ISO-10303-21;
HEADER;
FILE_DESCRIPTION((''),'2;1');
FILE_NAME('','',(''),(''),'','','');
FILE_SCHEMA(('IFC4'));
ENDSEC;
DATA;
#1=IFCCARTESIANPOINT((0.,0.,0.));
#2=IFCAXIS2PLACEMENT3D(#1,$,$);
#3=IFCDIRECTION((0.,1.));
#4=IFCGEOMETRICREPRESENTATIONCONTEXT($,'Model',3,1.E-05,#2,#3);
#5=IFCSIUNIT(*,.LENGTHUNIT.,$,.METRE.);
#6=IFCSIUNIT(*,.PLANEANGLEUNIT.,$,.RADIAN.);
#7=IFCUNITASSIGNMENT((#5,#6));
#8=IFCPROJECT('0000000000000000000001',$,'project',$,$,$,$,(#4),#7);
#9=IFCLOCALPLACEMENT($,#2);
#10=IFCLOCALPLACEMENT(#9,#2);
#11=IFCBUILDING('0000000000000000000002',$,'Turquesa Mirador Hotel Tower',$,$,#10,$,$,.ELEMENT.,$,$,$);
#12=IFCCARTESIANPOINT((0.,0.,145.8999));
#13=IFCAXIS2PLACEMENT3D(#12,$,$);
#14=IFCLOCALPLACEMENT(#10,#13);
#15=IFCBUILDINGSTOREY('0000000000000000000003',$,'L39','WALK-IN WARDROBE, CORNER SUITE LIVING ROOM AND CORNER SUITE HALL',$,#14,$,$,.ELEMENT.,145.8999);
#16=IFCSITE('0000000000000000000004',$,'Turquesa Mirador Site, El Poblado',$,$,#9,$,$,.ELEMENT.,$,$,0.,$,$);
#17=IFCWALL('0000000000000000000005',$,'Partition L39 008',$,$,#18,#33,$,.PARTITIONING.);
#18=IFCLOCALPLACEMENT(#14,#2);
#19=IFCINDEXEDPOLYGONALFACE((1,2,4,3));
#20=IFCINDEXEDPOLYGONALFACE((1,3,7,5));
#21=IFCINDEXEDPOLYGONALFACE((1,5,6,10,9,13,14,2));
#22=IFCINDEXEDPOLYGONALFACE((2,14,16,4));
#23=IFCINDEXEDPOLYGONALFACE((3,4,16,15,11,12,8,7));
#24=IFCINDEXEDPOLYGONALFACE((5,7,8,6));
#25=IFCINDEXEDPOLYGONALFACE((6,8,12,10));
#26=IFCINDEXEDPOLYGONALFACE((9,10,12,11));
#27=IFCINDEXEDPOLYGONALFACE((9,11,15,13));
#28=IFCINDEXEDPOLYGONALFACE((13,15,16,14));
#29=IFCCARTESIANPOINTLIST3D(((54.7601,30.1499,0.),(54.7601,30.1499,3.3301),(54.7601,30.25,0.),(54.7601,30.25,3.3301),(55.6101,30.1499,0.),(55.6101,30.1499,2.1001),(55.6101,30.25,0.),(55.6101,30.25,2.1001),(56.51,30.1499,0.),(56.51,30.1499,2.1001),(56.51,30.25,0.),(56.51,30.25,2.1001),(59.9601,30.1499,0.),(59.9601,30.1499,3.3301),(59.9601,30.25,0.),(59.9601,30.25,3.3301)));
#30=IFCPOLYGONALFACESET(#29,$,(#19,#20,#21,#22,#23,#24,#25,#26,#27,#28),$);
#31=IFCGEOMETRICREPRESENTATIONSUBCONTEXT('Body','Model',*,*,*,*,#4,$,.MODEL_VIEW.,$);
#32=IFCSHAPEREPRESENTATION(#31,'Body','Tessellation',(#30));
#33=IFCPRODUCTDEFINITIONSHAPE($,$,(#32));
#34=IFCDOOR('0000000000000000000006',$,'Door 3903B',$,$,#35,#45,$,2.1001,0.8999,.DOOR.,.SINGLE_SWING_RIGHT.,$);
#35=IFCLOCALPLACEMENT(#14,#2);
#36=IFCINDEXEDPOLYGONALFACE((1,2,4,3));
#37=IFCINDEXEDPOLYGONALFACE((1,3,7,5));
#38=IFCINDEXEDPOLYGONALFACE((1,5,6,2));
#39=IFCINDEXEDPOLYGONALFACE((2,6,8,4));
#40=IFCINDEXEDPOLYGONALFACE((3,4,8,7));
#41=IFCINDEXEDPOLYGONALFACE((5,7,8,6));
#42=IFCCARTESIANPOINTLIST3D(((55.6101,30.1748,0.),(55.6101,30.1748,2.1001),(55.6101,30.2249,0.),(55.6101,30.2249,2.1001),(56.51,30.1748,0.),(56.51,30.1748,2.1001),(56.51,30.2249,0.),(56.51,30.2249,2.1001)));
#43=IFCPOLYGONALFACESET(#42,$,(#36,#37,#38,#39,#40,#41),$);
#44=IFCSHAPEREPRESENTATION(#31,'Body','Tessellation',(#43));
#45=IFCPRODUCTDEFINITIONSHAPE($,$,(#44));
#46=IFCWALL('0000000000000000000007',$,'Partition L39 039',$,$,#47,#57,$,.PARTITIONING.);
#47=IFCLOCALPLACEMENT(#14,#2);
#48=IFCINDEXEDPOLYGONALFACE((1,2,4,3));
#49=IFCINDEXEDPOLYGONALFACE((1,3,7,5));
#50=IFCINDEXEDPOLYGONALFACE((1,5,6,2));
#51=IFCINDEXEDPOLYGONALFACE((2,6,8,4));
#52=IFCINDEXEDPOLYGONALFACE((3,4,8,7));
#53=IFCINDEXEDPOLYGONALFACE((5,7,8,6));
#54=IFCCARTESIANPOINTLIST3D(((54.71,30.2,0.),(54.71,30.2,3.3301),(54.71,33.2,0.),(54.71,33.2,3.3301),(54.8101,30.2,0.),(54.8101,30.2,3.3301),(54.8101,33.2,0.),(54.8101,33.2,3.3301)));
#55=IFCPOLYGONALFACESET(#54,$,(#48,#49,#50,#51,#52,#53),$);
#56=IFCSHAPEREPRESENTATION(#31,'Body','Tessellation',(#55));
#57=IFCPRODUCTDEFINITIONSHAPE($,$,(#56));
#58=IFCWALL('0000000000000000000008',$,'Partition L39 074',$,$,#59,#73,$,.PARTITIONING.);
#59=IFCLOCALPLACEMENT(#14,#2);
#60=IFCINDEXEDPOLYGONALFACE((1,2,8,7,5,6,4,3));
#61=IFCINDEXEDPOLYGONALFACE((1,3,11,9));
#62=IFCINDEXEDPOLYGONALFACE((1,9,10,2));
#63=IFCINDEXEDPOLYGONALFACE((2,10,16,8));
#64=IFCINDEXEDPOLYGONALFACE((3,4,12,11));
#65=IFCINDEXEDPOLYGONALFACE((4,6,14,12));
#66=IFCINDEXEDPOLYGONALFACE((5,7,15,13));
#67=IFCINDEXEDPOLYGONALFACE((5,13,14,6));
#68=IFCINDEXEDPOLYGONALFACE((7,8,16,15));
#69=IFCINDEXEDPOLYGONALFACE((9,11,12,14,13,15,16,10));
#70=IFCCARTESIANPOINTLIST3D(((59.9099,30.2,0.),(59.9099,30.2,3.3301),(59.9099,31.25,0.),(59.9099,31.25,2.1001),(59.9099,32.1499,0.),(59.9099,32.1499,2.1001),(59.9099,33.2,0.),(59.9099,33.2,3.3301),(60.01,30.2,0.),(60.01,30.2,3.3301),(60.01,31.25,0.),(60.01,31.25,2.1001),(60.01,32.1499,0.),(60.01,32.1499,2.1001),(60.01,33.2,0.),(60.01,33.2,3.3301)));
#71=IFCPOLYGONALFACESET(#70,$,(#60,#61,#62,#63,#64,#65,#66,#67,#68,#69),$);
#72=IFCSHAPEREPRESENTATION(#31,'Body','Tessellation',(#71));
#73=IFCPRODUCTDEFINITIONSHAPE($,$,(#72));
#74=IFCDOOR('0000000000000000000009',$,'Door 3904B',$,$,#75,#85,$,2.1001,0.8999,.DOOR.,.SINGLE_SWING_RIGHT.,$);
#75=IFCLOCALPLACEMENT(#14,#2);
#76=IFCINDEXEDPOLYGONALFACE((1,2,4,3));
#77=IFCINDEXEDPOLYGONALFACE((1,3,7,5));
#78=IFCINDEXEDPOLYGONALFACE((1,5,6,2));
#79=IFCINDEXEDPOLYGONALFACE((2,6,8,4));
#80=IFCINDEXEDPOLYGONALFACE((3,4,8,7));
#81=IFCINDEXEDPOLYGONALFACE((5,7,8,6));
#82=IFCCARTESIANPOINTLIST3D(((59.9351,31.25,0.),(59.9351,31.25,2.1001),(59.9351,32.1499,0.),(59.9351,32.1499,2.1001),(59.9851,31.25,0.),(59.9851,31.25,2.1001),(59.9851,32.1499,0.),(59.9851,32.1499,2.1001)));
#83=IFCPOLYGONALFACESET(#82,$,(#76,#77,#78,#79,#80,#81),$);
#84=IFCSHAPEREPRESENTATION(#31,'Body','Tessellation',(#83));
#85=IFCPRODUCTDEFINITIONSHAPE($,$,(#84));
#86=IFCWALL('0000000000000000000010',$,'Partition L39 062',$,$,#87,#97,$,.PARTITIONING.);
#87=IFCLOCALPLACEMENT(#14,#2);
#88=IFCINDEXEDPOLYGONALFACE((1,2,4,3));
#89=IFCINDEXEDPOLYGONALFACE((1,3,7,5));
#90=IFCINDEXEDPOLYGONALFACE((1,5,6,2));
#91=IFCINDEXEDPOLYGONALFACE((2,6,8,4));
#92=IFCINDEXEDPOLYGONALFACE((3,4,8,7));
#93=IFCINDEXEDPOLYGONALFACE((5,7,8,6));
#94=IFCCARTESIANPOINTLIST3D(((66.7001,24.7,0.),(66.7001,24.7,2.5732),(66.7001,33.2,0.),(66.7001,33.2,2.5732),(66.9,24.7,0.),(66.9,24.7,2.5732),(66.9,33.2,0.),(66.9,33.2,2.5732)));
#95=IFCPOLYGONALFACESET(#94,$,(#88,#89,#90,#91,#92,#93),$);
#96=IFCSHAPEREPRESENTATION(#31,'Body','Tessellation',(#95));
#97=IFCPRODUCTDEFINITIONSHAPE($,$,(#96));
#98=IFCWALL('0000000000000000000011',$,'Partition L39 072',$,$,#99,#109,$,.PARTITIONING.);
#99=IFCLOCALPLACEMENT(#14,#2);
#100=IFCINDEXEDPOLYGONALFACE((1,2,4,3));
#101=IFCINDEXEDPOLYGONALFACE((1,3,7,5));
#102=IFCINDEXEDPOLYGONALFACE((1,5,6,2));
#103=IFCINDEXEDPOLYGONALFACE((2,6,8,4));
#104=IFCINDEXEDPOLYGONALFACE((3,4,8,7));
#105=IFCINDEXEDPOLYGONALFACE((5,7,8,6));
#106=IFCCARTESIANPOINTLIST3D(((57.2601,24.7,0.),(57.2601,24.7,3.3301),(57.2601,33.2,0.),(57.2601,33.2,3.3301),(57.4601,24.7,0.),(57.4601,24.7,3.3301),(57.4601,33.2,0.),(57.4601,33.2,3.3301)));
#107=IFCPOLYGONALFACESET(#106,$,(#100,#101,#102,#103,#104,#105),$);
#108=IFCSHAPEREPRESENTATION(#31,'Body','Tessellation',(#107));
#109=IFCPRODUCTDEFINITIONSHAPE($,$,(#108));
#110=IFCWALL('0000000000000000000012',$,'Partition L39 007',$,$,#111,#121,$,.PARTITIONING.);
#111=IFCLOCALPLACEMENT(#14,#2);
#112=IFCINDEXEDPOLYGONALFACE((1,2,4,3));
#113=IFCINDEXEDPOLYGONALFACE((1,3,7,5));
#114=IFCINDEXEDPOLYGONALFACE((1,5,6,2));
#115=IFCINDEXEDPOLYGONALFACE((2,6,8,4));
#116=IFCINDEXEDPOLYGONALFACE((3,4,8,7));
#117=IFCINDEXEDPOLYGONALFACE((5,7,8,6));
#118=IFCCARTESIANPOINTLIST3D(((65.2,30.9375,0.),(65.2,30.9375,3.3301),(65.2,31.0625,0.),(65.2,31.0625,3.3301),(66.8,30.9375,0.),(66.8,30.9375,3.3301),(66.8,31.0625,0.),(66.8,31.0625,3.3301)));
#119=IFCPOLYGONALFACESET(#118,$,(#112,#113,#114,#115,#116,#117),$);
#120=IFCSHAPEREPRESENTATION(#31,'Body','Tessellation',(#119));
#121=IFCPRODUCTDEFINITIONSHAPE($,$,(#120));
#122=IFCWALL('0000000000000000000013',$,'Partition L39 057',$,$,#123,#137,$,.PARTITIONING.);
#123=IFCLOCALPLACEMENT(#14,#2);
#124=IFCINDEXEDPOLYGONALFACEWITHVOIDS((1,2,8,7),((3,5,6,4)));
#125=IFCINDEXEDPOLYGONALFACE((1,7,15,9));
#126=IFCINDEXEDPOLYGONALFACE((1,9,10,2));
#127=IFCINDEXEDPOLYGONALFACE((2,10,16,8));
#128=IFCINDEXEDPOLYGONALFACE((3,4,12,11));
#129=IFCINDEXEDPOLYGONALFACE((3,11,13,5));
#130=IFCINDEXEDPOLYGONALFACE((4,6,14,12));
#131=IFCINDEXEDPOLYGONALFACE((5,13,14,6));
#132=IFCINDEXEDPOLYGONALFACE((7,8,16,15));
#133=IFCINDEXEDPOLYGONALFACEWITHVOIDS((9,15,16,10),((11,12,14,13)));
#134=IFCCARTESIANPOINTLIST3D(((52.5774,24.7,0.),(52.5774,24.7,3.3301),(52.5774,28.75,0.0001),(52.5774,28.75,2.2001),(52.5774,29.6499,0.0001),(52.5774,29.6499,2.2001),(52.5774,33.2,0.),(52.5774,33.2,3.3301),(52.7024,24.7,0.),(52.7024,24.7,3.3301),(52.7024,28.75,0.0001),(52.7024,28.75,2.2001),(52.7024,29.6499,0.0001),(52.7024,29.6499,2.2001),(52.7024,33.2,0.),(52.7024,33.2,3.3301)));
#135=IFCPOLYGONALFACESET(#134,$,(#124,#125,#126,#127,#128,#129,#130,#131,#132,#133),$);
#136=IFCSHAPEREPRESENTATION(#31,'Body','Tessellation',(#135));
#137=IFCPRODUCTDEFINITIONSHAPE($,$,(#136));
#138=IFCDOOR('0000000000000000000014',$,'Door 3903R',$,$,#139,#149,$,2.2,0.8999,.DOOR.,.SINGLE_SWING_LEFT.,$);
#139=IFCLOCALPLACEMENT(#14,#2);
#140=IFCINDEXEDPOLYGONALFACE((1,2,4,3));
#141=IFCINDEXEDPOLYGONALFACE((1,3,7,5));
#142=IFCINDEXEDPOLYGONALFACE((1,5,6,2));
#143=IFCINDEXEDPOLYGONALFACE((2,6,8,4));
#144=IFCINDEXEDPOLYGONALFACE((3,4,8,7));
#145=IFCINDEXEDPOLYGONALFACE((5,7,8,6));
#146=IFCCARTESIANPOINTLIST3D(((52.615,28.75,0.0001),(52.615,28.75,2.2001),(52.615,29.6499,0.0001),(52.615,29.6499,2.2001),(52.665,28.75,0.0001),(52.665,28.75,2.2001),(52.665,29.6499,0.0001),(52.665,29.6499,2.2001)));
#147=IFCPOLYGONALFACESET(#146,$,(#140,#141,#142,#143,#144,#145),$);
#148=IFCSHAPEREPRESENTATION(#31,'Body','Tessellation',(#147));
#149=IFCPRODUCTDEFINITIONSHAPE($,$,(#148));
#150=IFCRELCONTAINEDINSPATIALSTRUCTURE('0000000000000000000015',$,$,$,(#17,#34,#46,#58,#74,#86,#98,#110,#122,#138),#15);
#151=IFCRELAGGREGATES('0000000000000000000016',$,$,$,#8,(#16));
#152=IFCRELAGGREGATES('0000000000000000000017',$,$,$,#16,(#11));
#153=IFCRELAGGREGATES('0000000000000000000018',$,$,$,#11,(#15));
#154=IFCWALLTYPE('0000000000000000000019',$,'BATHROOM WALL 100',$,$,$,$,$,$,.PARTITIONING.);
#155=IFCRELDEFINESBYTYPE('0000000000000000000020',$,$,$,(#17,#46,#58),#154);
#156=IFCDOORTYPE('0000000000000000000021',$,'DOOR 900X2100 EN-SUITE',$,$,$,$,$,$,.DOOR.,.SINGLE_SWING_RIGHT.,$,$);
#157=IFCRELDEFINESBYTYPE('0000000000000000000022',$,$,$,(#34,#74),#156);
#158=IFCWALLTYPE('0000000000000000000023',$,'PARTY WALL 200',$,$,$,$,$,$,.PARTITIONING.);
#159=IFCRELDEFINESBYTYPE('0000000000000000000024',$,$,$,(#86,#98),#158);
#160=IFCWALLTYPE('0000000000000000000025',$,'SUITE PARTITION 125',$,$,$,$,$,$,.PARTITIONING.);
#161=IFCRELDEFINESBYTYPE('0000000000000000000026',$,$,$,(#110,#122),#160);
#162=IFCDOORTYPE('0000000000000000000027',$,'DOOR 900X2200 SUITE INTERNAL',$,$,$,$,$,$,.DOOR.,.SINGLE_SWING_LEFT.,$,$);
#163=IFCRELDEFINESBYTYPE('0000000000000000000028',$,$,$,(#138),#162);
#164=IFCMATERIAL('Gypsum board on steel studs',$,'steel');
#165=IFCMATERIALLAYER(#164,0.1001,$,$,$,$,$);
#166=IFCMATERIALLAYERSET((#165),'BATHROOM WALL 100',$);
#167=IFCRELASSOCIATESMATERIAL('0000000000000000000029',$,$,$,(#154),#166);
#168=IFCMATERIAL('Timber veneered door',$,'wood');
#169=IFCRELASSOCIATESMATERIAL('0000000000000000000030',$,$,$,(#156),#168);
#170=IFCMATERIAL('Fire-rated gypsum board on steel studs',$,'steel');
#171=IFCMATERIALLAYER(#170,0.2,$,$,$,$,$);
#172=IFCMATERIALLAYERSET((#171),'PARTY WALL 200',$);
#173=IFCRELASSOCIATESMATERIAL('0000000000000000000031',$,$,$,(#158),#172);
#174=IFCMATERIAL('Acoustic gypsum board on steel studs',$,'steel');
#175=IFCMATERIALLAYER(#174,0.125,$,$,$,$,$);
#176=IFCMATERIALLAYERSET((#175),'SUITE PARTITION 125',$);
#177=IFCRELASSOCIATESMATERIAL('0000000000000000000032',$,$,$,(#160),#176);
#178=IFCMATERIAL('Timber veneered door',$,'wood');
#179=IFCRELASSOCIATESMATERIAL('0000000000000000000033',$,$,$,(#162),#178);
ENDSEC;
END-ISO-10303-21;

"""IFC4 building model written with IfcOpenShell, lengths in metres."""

from ifc_helpers import new_model, si_unit, direction, frame, frame_2d, origin, place, context, subcontext, project, spatial, rectangle, extrude, material, layer, layer_set, type_object, element, fill, save


model = new_model("IFC4")

# Units and contexts
model_context = context("Model", 3, precision=1e-05, world=origin(), true_north=direction((0.0, 1.0)))
body_context = subcontext(model_context, "Body", "Model", "MODEL_VIEW")
ifc_project = project(units=[si_unit("LENGTHUNIT", "METRE"), si_unit("PLANEANGLEUNIT", "RADIAN")], contexts=[model_context])

# Site, building, storey
site_placement = place(None, origin())
site = spatial("IfcSite", under=ifc_project, at=site_placement, Name="Turquesa Mirador Site, El Poblado", CompositionType="ELEMENT", RefElevation=0.0)
building_placement = place(site_placement, origin())
building = spatial("IfcBuilding", under=site, at=building_placement, Name="Turquesa Mirador Hotel Tower", CompositionType="ELEMENT")
storey_placement = place(building_placement, frame((0.0, 0.0, 145.8999)))
storey = spatial("IfcBuildingStorey", under=building, at=storey_placement, Name="L39", Description="WALK-IN WARDROBE, CORNER SUITE LIVING ROOM AND CORNER SUITE HALL", CompositionType="ELEMENT", Elevation=145.8999)

# Wall, opening, door
ifc_material_1 = material(Name="Gypsum board on steel studs", Category="steel")
ifc_layer_1 = layer(ifc_material_1, 0.1001)
ifc_layer_set_1 = layer_set([ifc_layer_1], Name="BATHROOM WALL 100")
wall_type_1 = type_object("IfcWallType", Name="BATHROOM WALL 100", PredefinedType="PARTITIONING", material=ifc_layer_set_1)
wall_1_placement = place(storey_placement, frame((54.76, 30.2, 0.0), z_axis=(0.0, 0.0, 1.0), x_axis=(1.0, 0.0, 0.0)))
wall_1 = element("IfcWall", 1, at=wall_1_placement, inside=storey, type_object=wall_type_1, Name="Partition L39 008", PredefinedType="PARTITIONING", context=body_context, shape_type="SweptSolid", body=[
    extrude(rectangle(XDim=5.2, YDim=0.1001, at=frame_2d((2.6001, 0.0))), origin(), (0.0, 0.0, 1.0), 3.3301),
])
opening_1_placement = place(wall_1_placement, frame((0.8501, 0.0, 0.0)))
opening_1 = element("IfcOpeningElement", 2, at=opening_1_placement, cuts=wall_1, PredefinedType="OPENING", context=body_context, shape_type="SweptSolid", body=[
    extrude(rectangle(XDim=0.8999, YDim=2.1001, at=frame_2d((0.45, 1.05))), frame((0.0, 0.0601, 0.0), z_axis=(0.0, -1.0, 0.0), x_axis=(1.0, 0.0, 0.0)), (0.0, 0.0, 1.0), 0.1201),
])
ifc_material_2 = material(Name="Timber veneered door", Category="wood")
door_type_1 = type_object("IfcDoorType", Name="DOOR 900X2100 EN-SUITE", OperationType="SINGLE_SWING_RIGHT", PredefinedType="DOOR", material=ifc_material_2)
door_1_placement = place(opening_1_placement, origin())
door_1 = element("IfcDoor", 3, at=door_1_placement, inside=storey, type_object=door_type_1, Name="Door 3903B", OperationType="SINGLE_SWING_RIGHT", OverallHeight=2.1001, OverallWidth=0.8999, PredefinedType="DOOR", context=body_context, shape_type="SweptSolid", body=[
    extrude(rectangle(XDim=0.8999, YDim=2.1001, at=frame_2d((0.45, 1.05))), frame((0.0, 0.0249, 0.0), z_axis=(0.0, -1.0, 0.0), x_axis=(1.0, 0.0, 0.0)), (0.0, 0.0, 1.0), 0.05),
])
fill(opening_1, door_1)

# Wall
wall_2_placement = place(storey_placement, frame((54.76, 30.2, 0.0), z_axis=(0.0, 0.0, 1.0), x_axis=(0.0, 1.0, 0.0)))
element("IfcWall", 4, at=wall_2_placement, inside=storey, type_object=wall_type_1, Name="Partition L39 039", PredefinedType="PARTITIONING", context=body_context, shape_type="SweptSolid", body=[
    extrude(rectangle(XDim=3.0, YDim=0.1001, at=frame_2d((1.5, 0.0))), origin(), (0.0, 0.0, 1.0), 3.3301),
])

# Wall, opening, door
wall_3_placement = place(storey_placement, frame((59.96, 30.2, 0.0), z_axis=(0.0, 0.0, 1.0), x_axis=(0.0, 1.0, 0.0)))
wall_3 = element("IfcWall", 5, at=wall_3_placement, inside=storey, type_object=wall_type_1, Name="Partition L39 074", PredefinedType="PARTITIONING", context=body_context, shape_type="SweptSolid", body=[
    extrude(rectangle(XDim=3.0, YDim=0.1001, at=frame_2d((1.5, 0.0))), origin(), (0.0, 0.0, 1.0), 3.3301),
])
opening_2_placement = place(wall_3_placement, frame((1.05, 0.0, 0.0)))
opening_2 = element("IfcOpeningElement", 6, at=opening_2_placement, cuts=wall_3, PredefinedType="OPENING", context=body_context, shape_type="SweptSolid", body=[
    extrude(rectangle(XDim=0.8999, YDim=2.1001, at=frame_2d((0.45, 1.05))), frame((0.0, 0.0601, 0.0), z_axis=(0.0, -1.0, 0.0), x_axis=(1.0, 0.0, 0.0)), (0.0, 0.0, 1.0), 0.1201),
])
door_2_placement = place(opening_2_placement, origin())
door_2 = element("IfcDoor", 7, at=door_2_placement, inside=storey, type_object=door_type_1, Name="Door 3904B", OperationType="SINGLE_SWING_RIGHT", OverallHeight=2.1001, OverallWidth=0.8999, PredefinedType="DOOR", context=body_context, shape_type="SweptSolid", body=[
    extrude(rectangle(XDim=0.8999, YDim=2.1001, at=frame_2d((0.45, 1.05))), frame((0.0, 0.0249, 0.0), z_axis=(0.0, -1.0, 0.0), x_axis=(1.0, 0.0, 0.0)), (0.0, 0.0, 1.0), 0.05),
])
fill(opening_2, door_2)

# Walls
ifc_material_3 = material(Name="Fire-rated gypsum board on steel studs", Category="steel")
ifc_layer_2 = layer(ifc_material_3, 0.2)
ifc_layer_set_2 = layer_set([ifc_layer_2], Name="PARTY WALL 200")
wall_type_2 = type_object("IfcWallType", Name="PARTY WALL 200", PredefinedType="PARTITIONING", material=ifc_layer_set_2)
wall_4_placement = place(storey_placement, frame((66.8, 24.7, 0.0), z_axis=(0.0, 0.0, 1.0), x_axis=(0.0, 1.0, 0.0)))
element("IfcWall", 8, at=wall_4_placement, inside=storey, type_object=wall_type_2, Name="Partition L39 062", PredefinedType="PARTITIONING", context=body_context, shape_type="SweptSolid", body=[
    extrude(rectangle(XDim=8.5, YDim=0.2, at=frame_2d((4.25, 0.0))), origin(), (0.0, 0.0, 1.0), 2.5732),
])
wall_5_placement = place(storey_placement, frame((57.3601, 24.7, 0.0), z_axis=(0.0, 0.0, 1.0), x_axis=(0.0, 1.0, 0.0)))
element("IfcWall", 9, at=wall_5_placement, inside=storey, type_object=wall_type_2, Name="Partition L39 072", PredefinedType="PARTITIONING", context=body_context, shape_type="SweptSolid", body=[
    extrude(rectangle(XDim=8.5, YDim=0.2, at=frame_2d((4.25, 0.0))), origin(), (0.0, 0.0, 1.0), 3.3301),
])
ifc_material_4 = material(Name="Acoustic gypsum board on steel studs", Category="steel")
ifc_layer_3 = layer(ifc_material_4, 0.125)
ifc_layer_set_3 = layer_set([ifc_layer_3], Name="SUITE PARTITION 125")
wall_type_3 = type_object("IfcWallType", Name="SUITE PARTITION 125", PredefinedType="PARTITIONING", material=ifc_layer_set_3)
wall_6_placement = place(storey_placement, frame((65.2, 31.0, 0.0), z_axis=(0.0, 0.0, 1.0), x_axis=(1.0, 0.0, 0.0)))
element("IfcWall", 10, at=wall_6_placement, inside=storey, type_object=wall_type_3, Name="Partition L39 007", PredefinedType="PARTITIONING", context=body_context, shape_type="SweptSolid", body=[
    extrude(rectangle(XDim=1.6001, YDim=0.125, at=frame_2d((0.8, 0.0))), origin(), (0.0, 0.0, 1.0), 3.3301),
])

# Wall, opening, door
wall_7_placement = place(storey_placement, frame((52.6399, 24.7, 0.0), z_axis=(0.0, 0.0, 1.0), x_axis=(0.0, 1.0, 0.0)))
wall_7 = element("IfcWall", 11, at=wall_7_placement, inside=storey, type_object=wall_type_3, Name="Partition L39 057", PredefinedType="PARTITIONING", context=body_context, shape_type="SweptSolid", body=[
    extrude(rectangle(XDim=8.5, YDim=0.125, at=frame_2d((4.25, 0.0))), origin(), (0.0, 0.0, 1.0), 3.3301),
])
opening_3_placement = place(wall_7_placement, frame((4.05, 0.0, 0.0)))
opening_3 = element("IfcOpeningElement", 12, at=opening_3_placement, cuts=wall_7, PredefinedType="OPENING", context=body_context, shape_type="SweptSolid", body=[
    extrude(rectangle(XDim=0.8999, YDim=2.2, at=frame_2d((0.45, 1.1001))), frame((0.0, 0.0725, 0.0), z_axis=(0.0, -1.0, 0.0), x_axis=(1.0, 0.0, 0.0)), (0.0, 0.0, 1.0), 0.145),
])
ifc_material_5 = material(Name="Timber veneered door", Category="wood")
door_type_2 = type_object("IfcDoorType", Name="DOOR 900X2200 SUITE INTERNAL", OperationType="SINGLE_SWING_LEFT", PredefinedType="DOOR", material=ifc_material_5)
door_3_placement = place(opening_3_placement, origin())
door_3 = element("IfcDoor", 13, at=door_3_placement, inside=storey, type_object=door_type_2, Name="Door 3903R", OperationType="SINGLE_SWING_LEFT", OverallHeight=2.2, OverallWidth=0.8999, PredefinedType="DOOR", context=body_context, shape_type="SweptSolid", body=[
    extrude(rectangle(XDim=0.8999, YDim=2.2, at=frame_2d((0.45, 1.1001))), frame((0.0, 0.0249, 0.0), z_axis=(0.0, -1.0, 0.0), x_axis=(1.0, 0.0, 0.0)), (0.0, 0.0, 1.0), 0.05),
])
fill(opening_3, door_3)

save(model, "model.ifc")
